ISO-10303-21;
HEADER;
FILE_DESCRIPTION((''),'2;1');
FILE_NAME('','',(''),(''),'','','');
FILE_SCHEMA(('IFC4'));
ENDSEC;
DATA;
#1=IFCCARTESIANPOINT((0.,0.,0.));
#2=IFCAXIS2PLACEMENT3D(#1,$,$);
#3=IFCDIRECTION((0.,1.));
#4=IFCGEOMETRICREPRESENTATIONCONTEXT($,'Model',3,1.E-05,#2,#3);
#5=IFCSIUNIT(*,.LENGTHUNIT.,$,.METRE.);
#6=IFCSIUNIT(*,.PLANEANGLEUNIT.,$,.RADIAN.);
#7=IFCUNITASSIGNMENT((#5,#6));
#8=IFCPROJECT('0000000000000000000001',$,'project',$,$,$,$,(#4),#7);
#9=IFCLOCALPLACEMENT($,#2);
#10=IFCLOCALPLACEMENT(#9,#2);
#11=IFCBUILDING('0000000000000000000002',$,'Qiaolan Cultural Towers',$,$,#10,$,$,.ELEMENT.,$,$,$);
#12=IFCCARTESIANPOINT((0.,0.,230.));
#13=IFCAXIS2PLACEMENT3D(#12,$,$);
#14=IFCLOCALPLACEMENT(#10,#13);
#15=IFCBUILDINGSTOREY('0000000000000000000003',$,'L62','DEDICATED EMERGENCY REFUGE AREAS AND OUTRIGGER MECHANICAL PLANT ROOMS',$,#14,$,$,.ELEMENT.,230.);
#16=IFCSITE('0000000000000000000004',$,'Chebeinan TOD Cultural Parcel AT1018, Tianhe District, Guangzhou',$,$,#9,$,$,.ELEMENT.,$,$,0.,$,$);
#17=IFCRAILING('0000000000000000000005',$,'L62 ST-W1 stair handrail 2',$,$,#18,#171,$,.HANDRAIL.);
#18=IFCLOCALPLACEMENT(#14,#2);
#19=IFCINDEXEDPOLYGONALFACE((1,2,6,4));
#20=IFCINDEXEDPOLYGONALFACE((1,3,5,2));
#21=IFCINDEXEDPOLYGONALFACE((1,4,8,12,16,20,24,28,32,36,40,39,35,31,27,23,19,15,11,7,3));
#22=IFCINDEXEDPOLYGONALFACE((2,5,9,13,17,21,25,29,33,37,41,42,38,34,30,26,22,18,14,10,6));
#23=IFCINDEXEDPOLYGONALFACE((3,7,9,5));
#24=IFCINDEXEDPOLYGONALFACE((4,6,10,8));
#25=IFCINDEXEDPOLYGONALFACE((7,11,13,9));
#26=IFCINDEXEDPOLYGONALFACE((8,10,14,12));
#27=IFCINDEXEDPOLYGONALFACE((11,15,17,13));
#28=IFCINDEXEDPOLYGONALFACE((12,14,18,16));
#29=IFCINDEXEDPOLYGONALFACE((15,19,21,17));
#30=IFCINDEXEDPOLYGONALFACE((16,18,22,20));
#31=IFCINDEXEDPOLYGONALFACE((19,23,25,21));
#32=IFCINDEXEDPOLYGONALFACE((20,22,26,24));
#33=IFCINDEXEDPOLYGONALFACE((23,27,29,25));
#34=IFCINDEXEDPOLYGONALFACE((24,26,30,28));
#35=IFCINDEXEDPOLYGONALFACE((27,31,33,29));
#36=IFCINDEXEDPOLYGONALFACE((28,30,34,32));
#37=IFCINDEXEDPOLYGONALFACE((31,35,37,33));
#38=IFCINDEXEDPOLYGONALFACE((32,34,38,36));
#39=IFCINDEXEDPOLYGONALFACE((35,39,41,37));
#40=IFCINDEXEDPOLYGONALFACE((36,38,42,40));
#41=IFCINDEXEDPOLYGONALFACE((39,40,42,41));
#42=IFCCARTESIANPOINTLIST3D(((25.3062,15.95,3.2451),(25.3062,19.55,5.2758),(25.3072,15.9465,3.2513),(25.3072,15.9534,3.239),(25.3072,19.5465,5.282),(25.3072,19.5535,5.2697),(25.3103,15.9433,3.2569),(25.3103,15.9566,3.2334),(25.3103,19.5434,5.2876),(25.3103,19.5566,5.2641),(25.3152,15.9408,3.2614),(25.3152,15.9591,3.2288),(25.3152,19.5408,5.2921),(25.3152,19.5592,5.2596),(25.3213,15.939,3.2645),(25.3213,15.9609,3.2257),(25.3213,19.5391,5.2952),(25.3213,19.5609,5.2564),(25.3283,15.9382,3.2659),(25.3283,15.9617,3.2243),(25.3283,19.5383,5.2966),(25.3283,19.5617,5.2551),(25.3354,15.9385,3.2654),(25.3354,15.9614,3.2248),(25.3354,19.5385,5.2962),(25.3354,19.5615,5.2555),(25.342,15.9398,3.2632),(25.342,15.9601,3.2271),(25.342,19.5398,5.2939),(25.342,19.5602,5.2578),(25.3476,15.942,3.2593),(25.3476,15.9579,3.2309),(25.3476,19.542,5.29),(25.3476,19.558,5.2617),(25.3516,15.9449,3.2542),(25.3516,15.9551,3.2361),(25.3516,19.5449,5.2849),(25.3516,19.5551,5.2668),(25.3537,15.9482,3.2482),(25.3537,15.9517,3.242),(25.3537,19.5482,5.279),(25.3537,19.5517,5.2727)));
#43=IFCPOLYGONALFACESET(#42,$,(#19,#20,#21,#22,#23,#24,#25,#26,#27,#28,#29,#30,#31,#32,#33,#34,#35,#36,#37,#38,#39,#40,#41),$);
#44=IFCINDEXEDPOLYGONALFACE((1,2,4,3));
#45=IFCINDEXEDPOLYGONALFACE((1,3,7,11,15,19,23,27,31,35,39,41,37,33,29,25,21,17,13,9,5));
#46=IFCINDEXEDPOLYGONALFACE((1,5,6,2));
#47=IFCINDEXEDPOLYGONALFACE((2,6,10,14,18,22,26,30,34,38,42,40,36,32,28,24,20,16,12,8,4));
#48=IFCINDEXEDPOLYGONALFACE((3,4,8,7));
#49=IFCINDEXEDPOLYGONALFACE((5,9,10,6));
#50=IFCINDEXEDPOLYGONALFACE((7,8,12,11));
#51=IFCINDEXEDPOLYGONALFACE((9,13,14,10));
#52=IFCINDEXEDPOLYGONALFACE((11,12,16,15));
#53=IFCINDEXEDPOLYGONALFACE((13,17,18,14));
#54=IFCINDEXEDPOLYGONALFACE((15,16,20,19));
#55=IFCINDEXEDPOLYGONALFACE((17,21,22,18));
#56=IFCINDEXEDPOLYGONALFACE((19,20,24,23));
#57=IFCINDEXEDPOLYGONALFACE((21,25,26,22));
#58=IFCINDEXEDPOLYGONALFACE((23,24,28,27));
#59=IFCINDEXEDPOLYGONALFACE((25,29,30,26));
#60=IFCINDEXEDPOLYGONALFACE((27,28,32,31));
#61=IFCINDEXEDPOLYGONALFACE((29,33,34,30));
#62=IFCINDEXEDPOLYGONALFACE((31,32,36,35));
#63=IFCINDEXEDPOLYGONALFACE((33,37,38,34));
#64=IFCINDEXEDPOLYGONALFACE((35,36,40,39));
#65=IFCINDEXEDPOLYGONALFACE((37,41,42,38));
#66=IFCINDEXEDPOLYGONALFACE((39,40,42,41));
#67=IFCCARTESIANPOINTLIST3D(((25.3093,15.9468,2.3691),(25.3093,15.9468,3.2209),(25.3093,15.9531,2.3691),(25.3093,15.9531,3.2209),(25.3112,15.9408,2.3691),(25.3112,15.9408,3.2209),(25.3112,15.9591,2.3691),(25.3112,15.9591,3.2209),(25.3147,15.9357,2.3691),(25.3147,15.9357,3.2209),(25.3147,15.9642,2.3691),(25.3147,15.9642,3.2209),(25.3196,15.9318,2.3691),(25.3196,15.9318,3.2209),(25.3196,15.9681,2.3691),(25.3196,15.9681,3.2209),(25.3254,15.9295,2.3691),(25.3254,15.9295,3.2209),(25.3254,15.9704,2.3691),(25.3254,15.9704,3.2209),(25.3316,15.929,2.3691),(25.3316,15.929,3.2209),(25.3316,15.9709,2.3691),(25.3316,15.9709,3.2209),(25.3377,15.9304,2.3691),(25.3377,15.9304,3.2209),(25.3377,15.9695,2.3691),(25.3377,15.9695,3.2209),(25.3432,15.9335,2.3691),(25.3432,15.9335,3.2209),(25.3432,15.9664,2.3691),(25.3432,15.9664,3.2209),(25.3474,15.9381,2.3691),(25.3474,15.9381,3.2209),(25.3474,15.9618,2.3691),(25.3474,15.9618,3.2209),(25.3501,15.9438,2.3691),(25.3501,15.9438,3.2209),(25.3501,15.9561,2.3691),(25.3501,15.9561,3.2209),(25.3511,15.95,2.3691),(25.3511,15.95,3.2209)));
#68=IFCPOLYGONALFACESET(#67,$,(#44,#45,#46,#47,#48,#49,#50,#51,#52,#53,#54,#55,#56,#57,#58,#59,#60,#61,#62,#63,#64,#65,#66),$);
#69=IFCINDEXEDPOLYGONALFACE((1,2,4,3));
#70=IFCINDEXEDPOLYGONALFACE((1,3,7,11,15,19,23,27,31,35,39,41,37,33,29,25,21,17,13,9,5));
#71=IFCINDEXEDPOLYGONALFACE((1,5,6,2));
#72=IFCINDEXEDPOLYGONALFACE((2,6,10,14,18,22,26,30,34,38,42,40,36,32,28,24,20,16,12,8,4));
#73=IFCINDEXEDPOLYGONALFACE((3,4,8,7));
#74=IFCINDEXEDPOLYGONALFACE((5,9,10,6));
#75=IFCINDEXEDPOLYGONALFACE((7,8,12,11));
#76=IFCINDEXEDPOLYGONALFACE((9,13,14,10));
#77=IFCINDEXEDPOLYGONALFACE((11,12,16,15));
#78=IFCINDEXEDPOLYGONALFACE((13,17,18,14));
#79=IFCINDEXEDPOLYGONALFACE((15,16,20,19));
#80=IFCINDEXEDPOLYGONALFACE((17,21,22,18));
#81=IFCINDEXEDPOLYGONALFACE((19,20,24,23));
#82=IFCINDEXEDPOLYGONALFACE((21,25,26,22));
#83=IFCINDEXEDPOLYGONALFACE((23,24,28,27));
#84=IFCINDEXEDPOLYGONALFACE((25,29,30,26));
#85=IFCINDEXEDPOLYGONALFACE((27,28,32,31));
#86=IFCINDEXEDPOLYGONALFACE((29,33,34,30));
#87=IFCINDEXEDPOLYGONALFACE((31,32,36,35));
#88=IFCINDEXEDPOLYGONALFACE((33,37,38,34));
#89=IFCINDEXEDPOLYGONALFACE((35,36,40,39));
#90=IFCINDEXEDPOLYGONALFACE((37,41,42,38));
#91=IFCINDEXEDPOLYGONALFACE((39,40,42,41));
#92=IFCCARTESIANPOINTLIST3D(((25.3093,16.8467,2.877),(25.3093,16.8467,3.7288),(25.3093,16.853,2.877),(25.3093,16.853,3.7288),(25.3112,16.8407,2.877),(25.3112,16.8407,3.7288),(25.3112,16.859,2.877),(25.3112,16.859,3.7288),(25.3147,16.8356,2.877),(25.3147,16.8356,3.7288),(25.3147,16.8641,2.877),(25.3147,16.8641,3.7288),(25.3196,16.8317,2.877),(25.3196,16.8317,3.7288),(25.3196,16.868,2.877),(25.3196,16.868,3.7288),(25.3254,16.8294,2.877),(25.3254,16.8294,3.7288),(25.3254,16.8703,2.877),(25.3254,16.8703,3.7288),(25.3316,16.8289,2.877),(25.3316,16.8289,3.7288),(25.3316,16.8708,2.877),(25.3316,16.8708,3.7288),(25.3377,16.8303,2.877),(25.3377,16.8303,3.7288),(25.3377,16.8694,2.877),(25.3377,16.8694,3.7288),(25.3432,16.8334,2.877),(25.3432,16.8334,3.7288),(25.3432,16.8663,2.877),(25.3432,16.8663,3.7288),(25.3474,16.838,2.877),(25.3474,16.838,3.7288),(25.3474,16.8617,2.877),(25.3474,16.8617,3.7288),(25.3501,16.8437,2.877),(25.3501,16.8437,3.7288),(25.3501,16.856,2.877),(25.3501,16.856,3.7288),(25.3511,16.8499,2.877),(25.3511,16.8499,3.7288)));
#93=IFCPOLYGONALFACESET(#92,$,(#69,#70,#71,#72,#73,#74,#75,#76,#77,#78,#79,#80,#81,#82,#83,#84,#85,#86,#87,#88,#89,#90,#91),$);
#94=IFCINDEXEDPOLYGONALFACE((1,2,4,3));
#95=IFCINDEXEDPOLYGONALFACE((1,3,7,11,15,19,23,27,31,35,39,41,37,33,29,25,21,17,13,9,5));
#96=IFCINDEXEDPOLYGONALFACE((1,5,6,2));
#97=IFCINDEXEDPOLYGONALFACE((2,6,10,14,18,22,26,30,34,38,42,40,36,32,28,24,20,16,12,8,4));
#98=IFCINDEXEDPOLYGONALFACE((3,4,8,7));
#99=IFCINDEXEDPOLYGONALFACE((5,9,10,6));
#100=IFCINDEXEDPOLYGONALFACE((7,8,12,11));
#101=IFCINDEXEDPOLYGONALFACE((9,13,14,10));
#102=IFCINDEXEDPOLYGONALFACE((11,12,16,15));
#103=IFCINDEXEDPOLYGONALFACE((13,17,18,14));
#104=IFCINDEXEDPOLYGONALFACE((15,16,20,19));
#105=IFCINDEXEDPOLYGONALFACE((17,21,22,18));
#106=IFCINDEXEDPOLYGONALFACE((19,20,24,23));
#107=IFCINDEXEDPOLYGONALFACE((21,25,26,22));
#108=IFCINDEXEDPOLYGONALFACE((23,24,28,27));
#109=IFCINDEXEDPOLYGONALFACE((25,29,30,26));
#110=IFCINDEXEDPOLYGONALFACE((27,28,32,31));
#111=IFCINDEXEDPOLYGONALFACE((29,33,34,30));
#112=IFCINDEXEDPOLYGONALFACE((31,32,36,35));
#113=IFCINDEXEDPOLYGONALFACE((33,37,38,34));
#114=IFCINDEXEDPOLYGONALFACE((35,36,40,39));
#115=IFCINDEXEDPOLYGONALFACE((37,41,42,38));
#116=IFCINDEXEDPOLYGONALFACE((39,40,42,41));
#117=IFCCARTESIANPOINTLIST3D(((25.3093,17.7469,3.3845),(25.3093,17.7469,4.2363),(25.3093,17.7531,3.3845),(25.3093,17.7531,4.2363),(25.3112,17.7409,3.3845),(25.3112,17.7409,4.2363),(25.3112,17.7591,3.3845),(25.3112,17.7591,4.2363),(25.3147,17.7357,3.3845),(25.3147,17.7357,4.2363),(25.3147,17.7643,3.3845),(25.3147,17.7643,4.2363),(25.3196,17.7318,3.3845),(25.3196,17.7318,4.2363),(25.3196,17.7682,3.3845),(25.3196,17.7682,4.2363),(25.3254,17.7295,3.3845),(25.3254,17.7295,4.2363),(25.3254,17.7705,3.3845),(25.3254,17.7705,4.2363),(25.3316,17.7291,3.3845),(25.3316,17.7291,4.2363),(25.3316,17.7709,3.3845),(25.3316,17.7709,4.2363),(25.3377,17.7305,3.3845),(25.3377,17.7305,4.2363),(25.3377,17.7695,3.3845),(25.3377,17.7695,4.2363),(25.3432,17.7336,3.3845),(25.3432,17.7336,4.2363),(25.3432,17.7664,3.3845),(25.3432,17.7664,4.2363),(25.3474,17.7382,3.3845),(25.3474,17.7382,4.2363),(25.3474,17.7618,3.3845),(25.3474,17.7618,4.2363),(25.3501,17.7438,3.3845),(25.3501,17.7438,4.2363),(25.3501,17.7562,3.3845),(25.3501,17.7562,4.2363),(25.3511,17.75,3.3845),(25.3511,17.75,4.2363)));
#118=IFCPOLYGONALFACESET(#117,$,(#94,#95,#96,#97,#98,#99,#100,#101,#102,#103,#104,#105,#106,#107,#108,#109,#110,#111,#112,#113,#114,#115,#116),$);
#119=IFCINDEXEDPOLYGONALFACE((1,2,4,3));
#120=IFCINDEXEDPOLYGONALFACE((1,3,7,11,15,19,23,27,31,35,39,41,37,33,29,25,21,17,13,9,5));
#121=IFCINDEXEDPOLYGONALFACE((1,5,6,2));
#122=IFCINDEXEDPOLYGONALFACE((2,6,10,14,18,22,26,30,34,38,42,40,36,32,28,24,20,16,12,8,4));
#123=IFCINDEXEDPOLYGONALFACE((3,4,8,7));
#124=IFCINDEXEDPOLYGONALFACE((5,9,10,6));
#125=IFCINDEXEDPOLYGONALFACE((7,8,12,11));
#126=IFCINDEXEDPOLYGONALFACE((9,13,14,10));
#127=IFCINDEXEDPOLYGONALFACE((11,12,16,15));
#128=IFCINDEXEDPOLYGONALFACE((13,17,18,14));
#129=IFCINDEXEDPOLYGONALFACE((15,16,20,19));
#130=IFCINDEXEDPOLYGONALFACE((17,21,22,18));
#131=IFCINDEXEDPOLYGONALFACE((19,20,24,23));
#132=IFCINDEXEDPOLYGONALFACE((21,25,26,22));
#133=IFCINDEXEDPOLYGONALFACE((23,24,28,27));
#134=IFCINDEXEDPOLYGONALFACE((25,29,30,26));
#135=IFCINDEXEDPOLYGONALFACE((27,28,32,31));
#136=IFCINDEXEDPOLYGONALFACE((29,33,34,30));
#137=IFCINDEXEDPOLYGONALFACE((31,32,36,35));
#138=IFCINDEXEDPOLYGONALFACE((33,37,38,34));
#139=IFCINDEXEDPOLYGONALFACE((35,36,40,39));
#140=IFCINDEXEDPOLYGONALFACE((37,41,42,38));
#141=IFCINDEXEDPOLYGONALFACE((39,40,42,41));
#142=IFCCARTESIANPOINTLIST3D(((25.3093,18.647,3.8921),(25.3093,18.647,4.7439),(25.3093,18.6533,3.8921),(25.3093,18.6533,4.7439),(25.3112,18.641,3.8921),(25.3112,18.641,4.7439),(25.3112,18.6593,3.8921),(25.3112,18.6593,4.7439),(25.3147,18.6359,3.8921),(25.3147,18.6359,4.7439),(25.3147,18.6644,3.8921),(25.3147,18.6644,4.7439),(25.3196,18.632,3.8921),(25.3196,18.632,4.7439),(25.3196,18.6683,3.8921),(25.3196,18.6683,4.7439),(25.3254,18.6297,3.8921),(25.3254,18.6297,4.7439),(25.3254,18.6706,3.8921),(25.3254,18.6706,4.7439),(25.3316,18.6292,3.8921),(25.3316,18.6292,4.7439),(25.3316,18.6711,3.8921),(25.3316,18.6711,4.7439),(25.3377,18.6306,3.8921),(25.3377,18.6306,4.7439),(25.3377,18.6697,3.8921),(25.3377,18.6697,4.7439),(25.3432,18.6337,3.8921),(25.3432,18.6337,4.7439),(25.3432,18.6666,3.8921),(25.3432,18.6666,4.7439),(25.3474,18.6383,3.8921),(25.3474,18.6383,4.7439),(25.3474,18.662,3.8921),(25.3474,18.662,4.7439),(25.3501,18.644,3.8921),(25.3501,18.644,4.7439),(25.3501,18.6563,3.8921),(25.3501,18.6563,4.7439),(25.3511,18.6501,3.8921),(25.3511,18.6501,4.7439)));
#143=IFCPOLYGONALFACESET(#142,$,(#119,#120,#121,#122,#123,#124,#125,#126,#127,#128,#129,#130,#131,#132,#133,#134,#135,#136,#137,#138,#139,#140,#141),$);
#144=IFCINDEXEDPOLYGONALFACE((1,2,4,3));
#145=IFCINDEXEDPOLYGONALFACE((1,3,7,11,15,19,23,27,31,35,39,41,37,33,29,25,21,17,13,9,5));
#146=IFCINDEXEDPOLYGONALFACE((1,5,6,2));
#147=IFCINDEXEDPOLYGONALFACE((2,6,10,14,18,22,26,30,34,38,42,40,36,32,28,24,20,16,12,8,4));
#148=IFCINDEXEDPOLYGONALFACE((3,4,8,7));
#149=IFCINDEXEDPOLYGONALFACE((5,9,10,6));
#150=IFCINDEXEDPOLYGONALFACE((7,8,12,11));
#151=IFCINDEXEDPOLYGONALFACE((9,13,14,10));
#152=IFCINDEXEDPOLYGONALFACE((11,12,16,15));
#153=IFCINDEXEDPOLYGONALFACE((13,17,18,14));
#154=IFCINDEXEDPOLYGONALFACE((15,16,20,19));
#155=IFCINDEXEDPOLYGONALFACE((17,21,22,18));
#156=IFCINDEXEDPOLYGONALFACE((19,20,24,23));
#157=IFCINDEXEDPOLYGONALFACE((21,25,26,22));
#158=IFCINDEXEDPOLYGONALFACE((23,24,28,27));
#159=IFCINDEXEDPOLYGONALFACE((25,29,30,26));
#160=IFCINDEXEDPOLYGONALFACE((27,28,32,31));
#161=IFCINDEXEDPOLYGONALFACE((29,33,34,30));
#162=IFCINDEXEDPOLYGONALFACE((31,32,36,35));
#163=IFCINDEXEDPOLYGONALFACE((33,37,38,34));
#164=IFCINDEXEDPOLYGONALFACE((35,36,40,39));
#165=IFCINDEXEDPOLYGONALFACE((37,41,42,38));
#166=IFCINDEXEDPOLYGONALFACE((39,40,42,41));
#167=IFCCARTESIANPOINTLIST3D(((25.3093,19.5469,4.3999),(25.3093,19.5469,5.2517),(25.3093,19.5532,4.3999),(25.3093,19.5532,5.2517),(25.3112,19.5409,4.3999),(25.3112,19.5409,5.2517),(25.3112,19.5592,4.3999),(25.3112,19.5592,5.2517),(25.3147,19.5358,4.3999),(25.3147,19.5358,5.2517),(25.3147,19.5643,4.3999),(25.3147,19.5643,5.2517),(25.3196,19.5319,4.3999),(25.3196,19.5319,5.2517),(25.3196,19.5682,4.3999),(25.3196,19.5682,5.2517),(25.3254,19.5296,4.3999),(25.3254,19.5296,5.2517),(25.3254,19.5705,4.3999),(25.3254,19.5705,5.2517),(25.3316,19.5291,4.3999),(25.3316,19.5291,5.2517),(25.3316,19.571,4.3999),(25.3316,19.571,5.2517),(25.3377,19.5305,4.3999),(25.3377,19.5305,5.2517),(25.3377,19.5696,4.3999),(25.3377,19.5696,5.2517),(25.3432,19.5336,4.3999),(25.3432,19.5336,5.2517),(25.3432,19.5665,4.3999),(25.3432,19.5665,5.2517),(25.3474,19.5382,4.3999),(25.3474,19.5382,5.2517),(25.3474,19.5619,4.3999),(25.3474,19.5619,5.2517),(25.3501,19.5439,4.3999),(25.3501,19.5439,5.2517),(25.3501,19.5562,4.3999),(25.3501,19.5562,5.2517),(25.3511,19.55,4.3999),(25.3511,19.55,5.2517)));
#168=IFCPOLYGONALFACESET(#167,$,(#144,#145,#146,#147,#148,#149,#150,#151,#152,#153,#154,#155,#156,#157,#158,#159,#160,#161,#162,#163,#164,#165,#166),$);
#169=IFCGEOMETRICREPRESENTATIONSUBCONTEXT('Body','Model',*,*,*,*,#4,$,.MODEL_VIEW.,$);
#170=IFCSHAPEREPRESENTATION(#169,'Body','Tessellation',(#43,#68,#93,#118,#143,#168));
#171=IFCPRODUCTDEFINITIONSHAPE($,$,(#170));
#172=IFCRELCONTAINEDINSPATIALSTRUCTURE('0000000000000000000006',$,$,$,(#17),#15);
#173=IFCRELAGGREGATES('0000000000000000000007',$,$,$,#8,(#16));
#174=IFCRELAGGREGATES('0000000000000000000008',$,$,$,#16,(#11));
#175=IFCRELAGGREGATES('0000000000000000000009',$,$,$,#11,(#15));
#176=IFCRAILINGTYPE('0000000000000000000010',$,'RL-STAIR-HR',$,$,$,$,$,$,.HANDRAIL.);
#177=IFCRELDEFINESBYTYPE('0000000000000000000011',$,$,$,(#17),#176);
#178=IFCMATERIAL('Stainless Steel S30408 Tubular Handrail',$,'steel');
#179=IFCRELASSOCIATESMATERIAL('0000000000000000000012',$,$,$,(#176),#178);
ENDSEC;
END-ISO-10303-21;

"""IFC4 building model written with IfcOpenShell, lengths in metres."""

from ifc_helpers import new_model, si_unit, direction, frame, origin, origin_2d, place, context, subcontext, project, spatial, circle, extrude, material, type_object, element, save


model = new_model("IFC4")

# Units and contexts
model_context = context("Model", 3, precision=1e-05, world=origin(), true_north=direction((0.0, 1.0)))
body_context = subcontext(model_context, "Body", "Model", "MODEL_VIEW")
ifc_project = project(units=[si_unit("LENGTHUNIT", "METRE"), si_unit("PLANEANGLEUNIT", "RADIAN")], contexts=[model_context])

# Site, building, storey
site_placement = place(None, origin())
site = spatial("IfcSite", under=ifc_project, at=site_placement, Name="Chebeinan TOD Cultural Parcel AT1018, Tianhe District, Guangzhou", CompositionType="ELEMENT", RefElevation=0.0)
building_placement = place(site_placement, origin())
building = spatial("IfcBuilding", under=site, at=building_placement, Name="Qiaolan Cultural Towers", CompositionType="ELEMENT")
storey_placement = place(building_placement, frame((0.0, 0.0, 230.0)))
storey = spatial("IfcBuildingStorey", under=building, at=storey_placement, Name="L62", Description="DEDICATED EMERGENCY REFUGE AREAS AND OUTRIGGER MECHANICAL PLANT ROOMS", CompositionType="ELEMENT", Elevation=230.0)

# Railing
ifc_material_1 = material(Name="Stainless Steel S30408 Tubular Handrail", Category="steel")
railing_type_1 = type_object("IfcRailingType", Name="RL-STAIR-HR", PredefinedType="HANDRAIL", material=ifc_material_1)
railing_1_placement = place(storey_placement, frame((25.3301, 15.95, 2.3691)))
element("IfcRailing", 1, at=railing_1_placement, inside=storey, type_object=railing_type_1, Name="L62 ST-W1 stair handrail 2", PredefinedType="HANDRAIL", context=body_context, shape_type="SweptSolid", body=[
    extrude(circle(Radius=0.0239, at=origin_2d()), frame((0.0, 0.0, 0.876), z_axis=(0.0, 0.870985, 0.49131), x_axis=(-1.0, 0.0, 0.0)), (0.0, 0.0, 1.0), 4.1333),
    extrude(circle(Radius=0.021, at=origin_2d()), origin(), (0.0, 0.0, 1.0), 0.8518),
    extrude(circle(Radius=0.021, at=origin_2d()), frame((0.0, 0.8999, 0.5078)), (0.0, 0.0, 1.0), 0.8518),
    extrude(circle(Radius=0.021, at=origin_2d()), frame((0.0, 1.8, 1.0154)), (0.0, 0.0, 1.0), 0.8518),
    extrude(circle(Radius=0.021, at=origin_2d()), frame((0.0, 2.7002, 1.5229)), (0.0, 0.0, 1.0), 0.8518),
    extrude(circle(Radius=0.021, at=origin_2d()), frame((0.0, 3.6001, 2.0308)), (0.0, 0.0, 1.0), 0.8518),
])

save(model, "model.ifc")
